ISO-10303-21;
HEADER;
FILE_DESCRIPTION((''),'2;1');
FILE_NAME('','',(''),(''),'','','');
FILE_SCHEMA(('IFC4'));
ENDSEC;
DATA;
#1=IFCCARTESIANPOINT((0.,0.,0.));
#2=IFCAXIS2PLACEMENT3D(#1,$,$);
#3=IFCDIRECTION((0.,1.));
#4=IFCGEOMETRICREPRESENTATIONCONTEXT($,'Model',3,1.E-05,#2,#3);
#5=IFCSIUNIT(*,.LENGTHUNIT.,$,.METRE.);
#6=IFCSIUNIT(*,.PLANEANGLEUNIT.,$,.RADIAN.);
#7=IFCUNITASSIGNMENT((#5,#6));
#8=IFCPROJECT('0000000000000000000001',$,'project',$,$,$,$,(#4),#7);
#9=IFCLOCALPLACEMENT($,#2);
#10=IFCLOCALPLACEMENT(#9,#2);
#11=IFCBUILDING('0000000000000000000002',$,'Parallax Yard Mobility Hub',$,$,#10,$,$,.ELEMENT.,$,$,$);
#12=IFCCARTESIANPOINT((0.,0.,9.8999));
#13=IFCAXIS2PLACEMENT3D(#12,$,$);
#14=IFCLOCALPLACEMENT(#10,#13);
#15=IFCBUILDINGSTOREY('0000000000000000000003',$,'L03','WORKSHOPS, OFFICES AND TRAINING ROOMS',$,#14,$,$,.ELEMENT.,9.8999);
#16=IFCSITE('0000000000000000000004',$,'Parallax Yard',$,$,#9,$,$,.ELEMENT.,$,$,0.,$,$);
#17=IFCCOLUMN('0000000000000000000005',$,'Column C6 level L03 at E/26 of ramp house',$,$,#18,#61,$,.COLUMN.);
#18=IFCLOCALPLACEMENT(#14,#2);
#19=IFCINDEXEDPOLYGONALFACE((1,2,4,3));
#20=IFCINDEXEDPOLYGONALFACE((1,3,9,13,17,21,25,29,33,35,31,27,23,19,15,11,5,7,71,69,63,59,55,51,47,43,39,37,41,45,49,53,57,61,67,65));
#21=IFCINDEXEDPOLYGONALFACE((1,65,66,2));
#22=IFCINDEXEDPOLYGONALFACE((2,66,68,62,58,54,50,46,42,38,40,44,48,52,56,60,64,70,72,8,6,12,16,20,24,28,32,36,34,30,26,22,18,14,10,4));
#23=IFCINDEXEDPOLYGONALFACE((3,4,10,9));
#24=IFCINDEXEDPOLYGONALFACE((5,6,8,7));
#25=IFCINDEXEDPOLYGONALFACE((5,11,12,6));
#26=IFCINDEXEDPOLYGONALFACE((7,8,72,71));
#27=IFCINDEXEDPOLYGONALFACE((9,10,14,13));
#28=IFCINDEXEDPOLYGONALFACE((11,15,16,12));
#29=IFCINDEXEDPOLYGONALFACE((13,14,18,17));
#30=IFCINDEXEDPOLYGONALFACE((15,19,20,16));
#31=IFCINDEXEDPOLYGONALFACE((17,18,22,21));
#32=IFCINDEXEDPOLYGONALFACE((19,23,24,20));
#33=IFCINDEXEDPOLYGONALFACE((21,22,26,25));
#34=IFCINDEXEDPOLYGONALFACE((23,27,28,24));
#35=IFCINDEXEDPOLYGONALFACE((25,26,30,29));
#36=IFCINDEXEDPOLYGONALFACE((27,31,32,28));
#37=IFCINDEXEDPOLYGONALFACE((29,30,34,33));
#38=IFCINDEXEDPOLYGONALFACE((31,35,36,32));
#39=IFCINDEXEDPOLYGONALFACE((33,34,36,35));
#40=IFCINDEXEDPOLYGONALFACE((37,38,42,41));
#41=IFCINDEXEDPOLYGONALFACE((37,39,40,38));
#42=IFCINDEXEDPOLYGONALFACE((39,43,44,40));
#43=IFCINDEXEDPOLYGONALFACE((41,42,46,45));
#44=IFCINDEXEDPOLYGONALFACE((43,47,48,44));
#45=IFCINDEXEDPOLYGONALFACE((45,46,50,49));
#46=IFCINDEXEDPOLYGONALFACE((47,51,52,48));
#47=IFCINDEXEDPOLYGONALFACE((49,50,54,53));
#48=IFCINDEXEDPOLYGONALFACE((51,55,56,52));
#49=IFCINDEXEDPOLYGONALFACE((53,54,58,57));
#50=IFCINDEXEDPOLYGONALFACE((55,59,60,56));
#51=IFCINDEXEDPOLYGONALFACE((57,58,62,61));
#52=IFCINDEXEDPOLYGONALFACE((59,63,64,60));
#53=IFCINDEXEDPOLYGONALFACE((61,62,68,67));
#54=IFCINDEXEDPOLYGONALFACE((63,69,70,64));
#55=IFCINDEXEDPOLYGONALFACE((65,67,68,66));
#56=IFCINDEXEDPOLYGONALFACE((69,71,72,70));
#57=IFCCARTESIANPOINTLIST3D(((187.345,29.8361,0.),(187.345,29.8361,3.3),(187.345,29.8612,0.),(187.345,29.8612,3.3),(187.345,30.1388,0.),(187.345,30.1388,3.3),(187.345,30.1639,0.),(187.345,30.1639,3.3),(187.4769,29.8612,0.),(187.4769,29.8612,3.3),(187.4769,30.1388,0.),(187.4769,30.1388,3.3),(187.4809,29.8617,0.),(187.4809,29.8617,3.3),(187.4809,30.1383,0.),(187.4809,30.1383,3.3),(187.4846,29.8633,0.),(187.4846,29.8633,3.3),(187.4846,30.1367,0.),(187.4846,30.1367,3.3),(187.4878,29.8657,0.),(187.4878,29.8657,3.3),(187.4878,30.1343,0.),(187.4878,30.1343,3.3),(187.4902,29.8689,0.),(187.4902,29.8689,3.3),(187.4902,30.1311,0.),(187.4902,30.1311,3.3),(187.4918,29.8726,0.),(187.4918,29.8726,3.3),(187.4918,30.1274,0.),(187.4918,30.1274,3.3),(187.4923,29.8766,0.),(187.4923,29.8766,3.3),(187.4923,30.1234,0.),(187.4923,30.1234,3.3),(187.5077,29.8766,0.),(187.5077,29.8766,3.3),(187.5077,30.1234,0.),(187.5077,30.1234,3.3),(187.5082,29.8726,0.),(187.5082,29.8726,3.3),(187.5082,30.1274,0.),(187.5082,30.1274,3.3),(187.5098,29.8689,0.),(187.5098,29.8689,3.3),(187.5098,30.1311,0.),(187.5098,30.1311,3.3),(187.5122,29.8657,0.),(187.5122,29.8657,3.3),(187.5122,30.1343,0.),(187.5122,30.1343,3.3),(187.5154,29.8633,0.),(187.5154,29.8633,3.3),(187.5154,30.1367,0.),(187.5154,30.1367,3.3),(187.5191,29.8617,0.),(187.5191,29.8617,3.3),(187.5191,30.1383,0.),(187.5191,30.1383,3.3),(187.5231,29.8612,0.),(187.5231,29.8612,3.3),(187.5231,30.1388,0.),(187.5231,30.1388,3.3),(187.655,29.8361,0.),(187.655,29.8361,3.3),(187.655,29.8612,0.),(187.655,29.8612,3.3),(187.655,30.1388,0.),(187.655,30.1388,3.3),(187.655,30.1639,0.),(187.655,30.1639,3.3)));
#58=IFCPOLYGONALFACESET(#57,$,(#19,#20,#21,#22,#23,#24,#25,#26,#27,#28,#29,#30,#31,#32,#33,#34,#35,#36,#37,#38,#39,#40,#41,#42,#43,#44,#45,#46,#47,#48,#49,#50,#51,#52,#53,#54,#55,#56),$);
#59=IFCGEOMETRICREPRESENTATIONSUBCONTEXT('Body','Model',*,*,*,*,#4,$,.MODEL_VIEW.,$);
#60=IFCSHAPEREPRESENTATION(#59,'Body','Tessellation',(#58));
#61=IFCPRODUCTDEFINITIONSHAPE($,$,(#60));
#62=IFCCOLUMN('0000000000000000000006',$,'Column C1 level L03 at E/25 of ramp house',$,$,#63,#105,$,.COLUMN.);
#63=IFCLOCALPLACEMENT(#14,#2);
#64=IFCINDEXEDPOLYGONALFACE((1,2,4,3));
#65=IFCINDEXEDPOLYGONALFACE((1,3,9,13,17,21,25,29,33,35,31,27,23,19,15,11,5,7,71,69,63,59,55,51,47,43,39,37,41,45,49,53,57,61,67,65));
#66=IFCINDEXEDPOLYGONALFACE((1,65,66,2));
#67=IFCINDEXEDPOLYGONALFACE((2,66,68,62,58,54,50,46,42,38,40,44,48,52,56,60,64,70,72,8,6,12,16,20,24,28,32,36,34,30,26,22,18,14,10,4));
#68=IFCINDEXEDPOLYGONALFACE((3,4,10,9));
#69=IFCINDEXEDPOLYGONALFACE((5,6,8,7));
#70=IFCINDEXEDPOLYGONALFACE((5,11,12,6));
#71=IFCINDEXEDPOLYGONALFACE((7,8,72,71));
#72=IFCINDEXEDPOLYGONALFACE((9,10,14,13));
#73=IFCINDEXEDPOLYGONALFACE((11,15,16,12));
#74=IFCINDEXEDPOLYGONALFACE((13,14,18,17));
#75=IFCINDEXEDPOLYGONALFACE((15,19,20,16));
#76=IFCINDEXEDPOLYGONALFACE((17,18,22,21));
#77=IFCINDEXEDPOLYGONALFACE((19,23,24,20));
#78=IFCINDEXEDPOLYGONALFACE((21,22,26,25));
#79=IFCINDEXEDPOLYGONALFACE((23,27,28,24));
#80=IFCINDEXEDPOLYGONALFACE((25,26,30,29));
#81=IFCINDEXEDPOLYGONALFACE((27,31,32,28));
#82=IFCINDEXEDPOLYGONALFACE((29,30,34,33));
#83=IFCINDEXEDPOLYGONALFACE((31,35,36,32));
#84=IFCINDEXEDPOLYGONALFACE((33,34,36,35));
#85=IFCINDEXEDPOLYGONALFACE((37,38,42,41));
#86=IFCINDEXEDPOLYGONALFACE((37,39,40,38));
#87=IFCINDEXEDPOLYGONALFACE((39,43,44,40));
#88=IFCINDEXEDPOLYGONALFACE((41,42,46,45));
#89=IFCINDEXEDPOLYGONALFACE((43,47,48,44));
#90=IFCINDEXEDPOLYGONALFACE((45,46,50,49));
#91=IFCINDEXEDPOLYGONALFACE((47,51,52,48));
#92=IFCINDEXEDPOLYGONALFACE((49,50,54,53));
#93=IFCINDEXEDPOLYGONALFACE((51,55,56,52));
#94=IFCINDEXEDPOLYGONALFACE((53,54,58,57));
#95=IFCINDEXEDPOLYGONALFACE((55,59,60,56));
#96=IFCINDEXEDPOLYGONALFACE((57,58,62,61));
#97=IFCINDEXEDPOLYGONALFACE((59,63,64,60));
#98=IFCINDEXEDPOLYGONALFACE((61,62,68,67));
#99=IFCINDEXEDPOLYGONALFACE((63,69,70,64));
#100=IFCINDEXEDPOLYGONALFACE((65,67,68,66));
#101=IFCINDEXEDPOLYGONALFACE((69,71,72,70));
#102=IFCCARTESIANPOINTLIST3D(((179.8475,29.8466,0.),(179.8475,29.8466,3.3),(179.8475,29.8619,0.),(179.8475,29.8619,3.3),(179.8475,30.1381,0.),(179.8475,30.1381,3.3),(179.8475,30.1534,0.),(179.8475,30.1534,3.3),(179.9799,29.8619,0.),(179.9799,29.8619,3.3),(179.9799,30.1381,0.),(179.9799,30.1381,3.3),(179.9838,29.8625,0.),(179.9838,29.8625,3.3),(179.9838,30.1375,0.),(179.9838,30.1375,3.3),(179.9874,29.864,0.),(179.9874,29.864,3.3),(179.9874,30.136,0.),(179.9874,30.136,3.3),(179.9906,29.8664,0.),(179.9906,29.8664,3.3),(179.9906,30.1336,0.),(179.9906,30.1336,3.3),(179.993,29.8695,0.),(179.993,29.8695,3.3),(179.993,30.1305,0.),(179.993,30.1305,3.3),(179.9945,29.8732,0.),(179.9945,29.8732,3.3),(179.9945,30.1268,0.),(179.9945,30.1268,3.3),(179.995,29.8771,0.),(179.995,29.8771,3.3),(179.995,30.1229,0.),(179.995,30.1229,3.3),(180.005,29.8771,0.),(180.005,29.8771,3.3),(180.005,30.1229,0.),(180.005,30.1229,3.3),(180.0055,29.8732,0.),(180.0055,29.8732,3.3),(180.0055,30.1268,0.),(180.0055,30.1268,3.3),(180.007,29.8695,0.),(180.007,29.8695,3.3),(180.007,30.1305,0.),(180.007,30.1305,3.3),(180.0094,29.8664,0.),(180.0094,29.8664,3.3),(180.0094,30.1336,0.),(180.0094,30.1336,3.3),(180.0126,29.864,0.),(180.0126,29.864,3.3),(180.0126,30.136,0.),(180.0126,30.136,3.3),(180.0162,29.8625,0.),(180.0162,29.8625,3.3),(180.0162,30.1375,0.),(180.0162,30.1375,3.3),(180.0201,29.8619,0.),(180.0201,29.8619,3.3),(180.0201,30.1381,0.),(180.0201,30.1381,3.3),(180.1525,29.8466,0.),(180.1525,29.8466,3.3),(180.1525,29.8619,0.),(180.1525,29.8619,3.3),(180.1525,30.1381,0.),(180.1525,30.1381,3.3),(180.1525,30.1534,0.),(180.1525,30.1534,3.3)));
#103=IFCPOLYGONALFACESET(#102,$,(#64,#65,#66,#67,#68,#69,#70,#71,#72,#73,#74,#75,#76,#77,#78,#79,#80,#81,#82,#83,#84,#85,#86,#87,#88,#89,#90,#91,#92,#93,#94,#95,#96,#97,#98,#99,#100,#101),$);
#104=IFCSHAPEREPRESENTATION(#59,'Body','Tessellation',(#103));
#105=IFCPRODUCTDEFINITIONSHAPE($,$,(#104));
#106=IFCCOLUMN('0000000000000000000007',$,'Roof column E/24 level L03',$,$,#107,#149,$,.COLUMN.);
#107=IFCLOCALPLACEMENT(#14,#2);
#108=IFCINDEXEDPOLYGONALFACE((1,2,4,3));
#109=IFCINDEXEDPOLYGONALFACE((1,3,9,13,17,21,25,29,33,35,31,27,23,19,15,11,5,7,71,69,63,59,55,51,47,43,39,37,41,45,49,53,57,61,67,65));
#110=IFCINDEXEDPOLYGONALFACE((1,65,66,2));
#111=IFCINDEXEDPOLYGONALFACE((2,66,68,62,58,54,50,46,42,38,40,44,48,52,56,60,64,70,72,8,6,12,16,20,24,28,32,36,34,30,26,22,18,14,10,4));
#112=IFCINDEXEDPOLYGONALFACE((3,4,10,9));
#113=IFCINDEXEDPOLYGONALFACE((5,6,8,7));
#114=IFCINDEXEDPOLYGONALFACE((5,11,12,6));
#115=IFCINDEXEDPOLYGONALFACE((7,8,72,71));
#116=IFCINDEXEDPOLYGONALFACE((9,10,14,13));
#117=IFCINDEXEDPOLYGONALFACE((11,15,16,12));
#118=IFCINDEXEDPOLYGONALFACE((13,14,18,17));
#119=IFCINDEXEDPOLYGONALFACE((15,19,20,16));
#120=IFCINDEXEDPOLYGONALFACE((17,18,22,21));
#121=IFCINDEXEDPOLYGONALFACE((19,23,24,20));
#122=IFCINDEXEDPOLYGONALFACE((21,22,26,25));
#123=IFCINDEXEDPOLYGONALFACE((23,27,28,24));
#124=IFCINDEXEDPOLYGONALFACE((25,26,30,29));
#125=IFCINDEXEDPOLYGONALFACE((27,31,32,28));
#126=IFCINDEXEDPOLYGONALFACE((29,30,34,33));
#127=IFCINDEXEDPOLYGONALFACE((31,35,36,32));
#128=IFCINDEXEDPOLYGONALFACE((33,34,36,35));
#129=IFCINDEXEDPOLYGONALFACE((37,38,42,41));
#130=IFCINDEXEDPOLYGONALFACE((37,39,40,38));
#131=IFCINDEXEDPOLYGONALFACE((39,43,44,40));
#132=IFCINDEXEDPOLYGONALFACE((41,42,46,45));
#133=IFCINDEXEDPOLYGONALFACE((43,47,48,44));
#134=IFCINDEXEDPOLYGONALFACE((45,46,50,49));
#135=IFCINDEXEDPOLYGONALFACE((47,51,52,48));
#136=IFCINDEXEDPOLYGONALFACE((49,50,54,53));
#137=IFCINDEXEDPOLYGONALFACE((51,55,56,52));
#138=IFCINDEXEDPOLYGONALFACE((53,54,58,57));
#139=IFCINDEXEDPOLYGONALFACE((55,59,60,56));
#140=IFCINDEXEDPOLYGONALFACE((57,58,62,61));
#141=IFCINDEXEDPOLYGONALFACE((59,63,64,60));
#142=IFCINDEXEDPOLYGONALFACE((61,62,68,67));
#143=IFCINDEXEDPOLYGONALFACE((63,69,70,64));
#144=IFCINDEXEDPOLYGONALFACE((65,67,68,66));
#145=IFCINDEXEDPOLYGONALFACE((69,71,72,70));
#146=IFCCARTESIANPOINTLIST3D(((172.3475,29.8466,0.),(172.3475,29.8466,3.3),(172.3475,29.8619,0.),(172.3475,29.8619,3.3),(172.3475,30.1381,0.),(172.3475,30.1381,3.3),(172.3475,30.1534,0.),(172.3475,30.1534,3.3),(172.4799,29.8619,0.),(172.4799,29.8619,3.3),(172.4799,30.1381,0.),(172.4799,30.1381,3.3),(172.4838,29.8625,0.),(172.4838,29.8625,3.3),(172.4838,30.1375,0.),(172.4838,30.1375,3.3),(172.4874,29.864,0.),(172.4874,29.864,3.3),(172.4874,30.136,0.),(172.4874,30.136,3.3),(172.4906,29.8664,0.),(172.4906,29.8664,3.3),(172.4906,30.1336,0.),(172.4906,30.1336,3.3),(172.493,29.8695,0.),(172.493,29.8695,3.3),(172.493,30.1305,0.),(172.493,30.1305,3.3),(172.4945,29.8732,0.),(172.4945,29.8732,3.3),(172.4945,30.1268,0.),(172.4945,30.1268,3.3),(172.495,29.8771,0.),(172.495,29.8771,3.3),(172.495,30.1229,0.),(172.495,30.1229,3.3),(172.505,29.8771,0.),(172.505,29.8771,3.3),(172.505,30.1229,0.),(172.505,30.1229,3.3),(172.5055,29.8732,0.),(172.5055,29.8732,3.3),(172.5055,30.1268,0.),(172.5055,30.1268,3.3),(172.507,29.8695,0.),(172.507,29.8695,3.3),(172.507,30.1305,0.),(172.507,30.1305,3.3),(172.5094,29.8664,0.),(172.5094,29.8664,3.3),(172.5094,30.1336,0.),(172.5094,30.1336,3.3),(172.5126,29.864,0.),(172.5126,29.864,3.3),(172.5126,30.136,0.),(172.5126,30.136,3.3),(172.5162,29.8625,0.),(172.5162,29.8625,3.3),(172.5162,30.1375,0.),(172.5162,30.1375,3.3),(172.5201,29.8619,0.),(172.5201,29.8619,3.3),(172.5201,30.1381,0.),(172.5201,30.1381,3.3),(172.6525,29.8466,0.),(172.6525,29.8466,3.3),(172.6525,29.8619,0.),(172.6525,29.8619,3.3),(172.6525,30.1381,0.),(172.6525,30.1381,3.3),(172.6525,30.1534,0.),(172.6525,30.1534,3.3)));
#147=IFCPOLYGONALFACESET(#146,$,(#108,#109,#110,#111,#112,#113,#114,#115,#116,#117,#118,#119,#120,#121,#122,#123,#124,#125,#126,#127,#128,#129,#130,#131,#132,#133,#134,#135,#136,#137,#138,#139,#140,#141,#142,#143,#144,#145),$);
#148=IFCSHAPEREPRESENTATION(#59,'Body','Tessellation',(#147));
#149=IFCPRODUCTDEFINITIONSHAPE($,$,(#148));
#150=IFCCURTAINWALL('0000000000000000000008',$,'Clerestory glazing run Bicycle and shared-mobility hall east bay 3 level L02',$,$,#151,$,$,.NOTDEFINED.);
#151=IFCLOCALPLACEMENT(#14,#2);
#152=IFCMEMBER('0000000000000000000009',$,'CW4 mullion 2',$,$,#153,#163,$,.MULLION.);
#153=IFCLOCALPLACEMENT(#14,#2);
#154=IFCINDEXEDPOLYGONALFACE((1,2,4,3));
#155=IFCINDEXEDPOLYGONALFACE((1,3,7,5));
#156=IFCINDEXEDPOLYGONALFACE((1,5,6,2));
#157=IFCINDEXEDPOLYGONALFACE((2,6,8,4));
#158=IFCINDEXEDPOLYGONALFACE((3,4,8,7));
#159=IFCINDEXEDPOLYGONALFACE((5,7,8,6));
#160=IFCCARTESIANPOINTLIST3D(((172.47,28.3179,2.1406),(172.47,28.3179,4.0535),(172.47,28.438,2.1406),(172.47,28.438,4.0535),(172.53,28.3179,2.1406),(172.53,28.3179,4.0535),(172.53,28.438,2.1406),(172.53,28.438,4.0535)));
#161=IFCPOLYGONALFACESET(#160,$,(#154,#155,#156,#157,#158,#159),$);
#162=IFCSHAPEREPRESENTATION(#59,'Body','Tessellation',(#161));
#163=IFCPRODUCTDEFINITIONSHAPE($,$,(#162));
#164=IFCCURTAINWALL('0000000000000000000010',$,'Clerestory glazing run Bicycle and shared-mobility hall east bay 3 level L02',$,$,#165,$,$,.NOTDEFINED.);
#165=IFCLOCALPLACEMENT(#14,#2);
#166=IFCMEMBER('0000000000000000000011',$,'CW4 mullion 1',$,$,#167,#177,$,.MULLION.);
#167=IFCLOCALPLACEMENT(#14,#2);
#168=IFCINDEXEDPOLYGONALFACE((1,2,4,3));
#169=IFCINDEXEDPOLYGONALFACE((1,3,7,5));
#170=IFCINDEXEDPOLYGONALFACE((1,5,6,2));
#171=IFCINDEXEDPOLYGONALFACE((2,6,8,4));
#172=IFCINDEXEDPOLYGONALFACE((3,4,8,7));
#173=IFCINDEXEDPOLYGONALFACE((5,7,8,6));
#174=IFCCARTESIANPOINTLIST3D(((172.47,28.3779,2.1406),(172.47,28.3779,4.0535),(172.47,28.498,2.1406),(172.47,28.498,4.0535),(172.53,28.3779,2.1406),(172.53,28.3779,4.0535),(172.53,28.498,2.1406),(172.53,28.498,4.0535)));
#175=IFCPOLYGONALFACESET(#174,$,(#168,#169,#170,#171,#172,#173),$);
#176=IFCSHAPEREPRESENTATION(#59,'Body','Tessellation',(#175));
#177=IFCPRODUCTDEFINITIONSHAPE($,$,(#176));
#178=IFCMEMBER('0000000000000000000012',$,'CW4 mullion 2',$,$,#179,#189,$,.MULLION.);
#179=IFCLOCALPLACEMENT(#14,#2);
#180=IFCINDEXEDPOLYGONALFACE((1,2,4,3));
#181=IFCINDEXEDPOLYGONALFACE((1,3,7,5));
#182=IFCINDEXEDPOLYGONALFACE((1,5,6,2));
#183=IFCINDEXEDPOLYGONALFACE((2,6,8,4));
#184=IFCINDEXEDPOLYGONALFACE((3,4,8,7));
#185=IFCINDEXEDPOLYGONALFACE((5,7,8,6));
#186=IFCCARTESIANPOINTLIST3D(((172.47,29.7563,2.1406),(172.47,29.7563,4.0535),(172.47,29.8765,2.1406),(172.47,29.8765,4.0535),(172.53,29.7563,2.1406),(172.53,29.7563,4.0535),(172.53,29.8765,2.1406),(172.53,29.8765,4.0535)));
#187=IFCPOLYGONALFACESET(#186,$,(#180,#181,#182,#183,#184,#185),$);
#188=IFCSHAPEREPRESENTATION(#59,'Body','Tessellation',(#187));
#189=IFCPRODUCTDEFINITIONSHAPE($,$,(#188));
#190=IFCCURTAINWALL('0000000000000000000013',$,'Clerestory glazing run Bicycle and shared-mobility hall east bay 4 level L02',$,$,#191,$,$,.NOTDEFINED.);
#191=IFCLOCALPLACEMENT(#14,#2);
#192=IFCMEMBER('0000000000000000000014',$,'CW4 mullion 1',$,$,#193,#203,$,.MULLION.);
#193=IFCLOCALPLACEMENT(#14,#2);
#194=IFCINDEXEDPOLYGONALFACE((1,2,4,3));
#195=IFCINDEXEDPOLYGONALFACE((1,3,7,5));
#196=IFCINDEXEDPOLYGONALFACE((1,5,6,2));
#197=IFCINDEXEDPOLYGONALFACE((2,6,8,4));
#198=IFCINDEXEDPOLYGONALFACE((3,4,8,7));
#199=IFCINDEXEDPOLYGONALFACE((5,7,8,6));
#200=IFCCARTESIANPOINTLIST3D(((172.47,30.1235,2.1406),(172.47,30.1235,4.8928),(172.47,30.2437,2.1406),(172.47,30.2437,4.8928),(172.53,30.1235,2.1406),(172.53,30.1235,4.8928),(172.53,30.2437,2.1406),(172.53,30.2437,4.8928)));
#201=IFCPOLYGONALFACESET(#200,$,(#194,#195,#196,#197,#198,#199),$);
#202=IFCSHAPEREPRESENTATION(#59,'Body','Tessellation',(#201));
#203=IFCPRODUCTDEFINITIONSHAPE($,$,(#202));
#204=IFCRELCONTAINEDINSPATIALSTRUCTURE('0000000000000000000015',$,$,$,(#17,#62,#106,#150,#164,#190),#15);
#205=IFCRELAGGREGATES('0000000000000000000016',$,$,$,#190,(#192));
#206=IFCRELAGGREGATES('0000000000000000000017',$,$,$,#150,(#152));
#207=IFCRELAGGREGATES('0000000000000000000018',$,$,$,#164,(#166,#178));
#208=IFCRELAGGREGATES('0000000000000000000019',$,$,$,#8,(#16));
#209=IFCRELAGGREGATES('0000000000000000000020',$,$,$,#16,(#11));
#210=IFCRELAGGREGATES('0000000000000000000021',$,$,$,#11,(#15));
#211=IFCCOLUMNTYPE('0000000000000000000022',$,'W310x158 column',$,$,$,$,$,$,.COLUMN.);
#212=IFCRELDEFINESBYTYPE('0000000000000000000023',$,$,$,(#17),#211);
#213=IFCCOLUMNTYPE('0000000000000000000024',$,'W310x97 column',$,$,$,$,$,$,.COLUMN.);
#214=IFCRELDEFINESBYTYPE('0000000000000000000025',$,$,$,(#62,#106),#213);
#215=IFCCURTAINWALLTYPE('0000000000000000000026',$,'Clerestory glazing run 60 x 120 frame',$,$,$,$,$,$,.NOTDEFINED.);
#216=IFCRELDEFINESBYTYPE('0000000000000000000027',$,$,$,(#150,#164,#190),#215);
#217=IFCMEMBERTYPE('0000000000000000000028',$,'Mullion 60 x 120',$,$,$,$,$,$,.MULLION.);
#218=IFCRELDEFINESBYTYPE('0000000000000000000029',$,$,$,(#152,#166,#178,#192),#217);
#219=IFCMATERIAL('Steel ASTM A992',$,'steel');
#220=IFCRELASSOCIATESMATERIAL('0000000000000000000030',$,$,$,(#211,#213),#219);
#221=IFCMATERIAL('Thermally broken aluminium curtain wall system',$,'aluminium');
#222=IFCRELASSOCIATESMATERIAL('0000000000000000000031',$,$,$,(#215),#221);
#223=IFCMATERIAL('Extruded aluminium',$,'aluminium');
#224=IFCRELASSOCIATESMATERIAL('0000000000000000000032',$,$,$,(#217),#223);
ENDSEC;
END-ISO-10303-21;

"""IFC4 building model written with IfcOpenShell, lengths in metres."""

from ifc_helpers import new_model, si_unit, direction, frame, origin, origin_2d, place, context, subcontext, project, spatial, rectangle, i_section, extrude, material, material_profile, profile_set, type_object, element, aggregate, save


model = new_model("IFC4")

# Units and contexts
model_context = context("Model", 3, precision=1e-05, world=origin(), true_north=direction((0.0, 1.0)))
body_context = subcontext(model_context, "Body", "Model", "MODEL_VIEW")
ifc_project = project(units=[si_unit("LENGTHUNIT", "METRE"), si_unit("PLANEANGLEUNIT", "RADIAN")], contexts=[model_context])

# Site, building, storey
site_placement = place(None, origin())
site = spatial("IfcSite", under=ifc_project, at=site_placement, Name="Parallax Yard", CompositionType="ELEMENT", RefElevation=0.0)
building_placement = place(site_placement, origin())
building = spatial("IfcBuilding", under=site, at=building_placement, Name="Parallax Yard Mobility Hub", CompositionType="ELEMENT")
storey_placement = place(building_placement, frame((0.0, 0.0, 9.8999)))
storey = spatial("IfcBuildingStorey", under=building, at=storey_placement, Name="L03", Description="WORKSHOPS, OFFICES AND TRAINING ROOMS", CompositionType="ELEMENT", Elevation=9.8999)

# Columns
ifc_material_1 = material(Name="Steel ASTM A992", Category="steel")
ifc_material_profile_1 = material_profile(ifc_material_1, i_section(OverallWidth=0.3101, OverallDepth=0.3279, WebThickness=0.0154, FlangeThickness=0.0251, FilletRadius=0.0154, at=origin_2d()), Name="W310x158")
ifc_profile_set_1 = profile_set([ifc_material_profile_1], Name="Steel ASTM A992")
column_type_1 = type_object("IfcColumnType", Name="W310x158 column", PredefinedType="COLUMN", material=ifc_profile_set_1)
column_placement = place(storey_placement, frame((187.5, 30.0, 0.0), z_axis=(0.0, 0.0, 1.0), x_axis=(1.0, 0.0, 0.0)))
element("IfcColumn", 1, at=column_placement, inside=storey, type_object=column_type_1, Name="Column C6 level L03 at E/26 of ramp house", PredefinedType="COLUMN", context=body_context, shape_type="SweptSolid", body=[
    extrude(i_section(OverallWidth=0.3101, OverallDepth=0.3279, WebThickness=0.0154, FlangeThickness=0.0251, FilletRadius=0.0154, at=origin_2d()), origin(), (0.0, 0.0, 1.0), 3.3),
])
ifc_material_profile_2 = material_profile(ifc_material_1, i_section(OverallWidth=0.3049, OverallDepth=0.3069, WebThickness=0.01, FlangeThickness=0.0154, FilletRadius=0.0151, at=origin_2d()), Name="W310x97")
ifc_profile_set_2 = profile_set([ifc_material_profile_2], Name="Steel ASTM A992")
column_type_2 = type_object("IfcColumnType", Name="W310x97 column", PredefinedType="COLUMN", material=ifc_profile_set_2)
for number, where, z_axis, x_axis, name in (
    (2, (180.0, 30.0, 0.0), (0.0, 0.0, 1.0), (1.0, 0.0, 0.0), "Column C1 level L03 at E/25 of ramp house"),
    (3, (172.5, 30.0, 0.0), (0.0, 0.0, 1.0), (1.0, 0.0, 0.0), "Roof column E/24 level L03"),
):
    element("IfcColumn", number, at=place(storey_placement, frame(where, z_axis=z_axis, x_axis=x_axis)), inside=storey, type_object=column_type_2, Name=name, PredefinedType="COLUMN", context=body_context, shape_type="SweptSolid", body=[
        extrude(i_section(OverallWidth=0.3049, OverallDepth=0.3069, WebThickness=0.01, FlangeThickness=0.0154, FilletRadius=0.0151, at=origin_2d()), origin(), (0.0, 0.0, 1.0), 3.3),
    ])

# Curtain wall, member
ifc_material_2 = material(Name="Thermally broken aluminium curtain wall system", Category="aluminium")
curtain_wall_type = type_object("IfcCurtainWallType", Name="Clerestory glazing run 60 x 120 frame", PredefinedType="NOTDEFINED", material=ifc_material_2)
curtain_wall_1_placement = place(storey_placement, origin())
curtain_wall_1 = element("IfcCurtainWall", 4, at=curtain_wall_1_placement, inside=storey, type_object=curtain_wall_type, Name="Clerestory glazing run Bicycle and shared-mobility hall east bay 3 level L02", PredefinedType="NOTDEFINED")
ifc_material_3 = material(Name="Extruded aluminium", Category="aluminium")
ifc_material_profile_3 = material_profile(ifc_material_3, rectangle(XDim=0.0601, YDim=0.1201, at=origin_2d()), Name="Mullion 60 x 120")
ifc_profile_set_3 = profile_set([ifc_material_profile_3], Name="Extruded aluminium")
member_type_1 = type_object("IfcMemberType", Name="Mullion 60 x 120", PredefinedType="MULLION", material=ifc_profile_set_3)
member_1_placement = place(storey_placement, frame((172.5, 28.3779, 2.1406), z_axis=(0.0, 0.0, 1.0), x_axis=(-1.0, 0.0, 0.0)))
member_1 = element("IfcMember", 5, at=member_1_placement, type_object=member_type_1, Name="CW4 mullion 2", PredefinedType="MULLION", context=body_context, shape_type="SweptSolid", body=[
    extrude(rectangle(XDim=0.0601, YDim=0.1201, at=origin_2d()), origin(), (0.0, 0.0, 1.0), 1.9128),
])

# Curtain wall, members
curtain_wall_2_placement = place(storey_placement, origin())
curtain_wall_2 = element("IfcCurtainWall", 6, at=curtain_wall_2_placement, inside=storey, type_object=curtain_wall_type, Name="Clerestory glazing run Bicycle and shared-mobility hall east bay 3 level L02", PredefinedType="NOTDEFINED")
member_2_placement = place(storey_placement, frame((172.5, 28.438, 2.1406), z_axis=(0.0, 0.0, 1.0), x_axis=(-1.0, 0.0, 0.0)))
member_2 = element("IfcMember", 7, at=member_2_placement, type_object=member_type_1, Name="CW4 mullion 1", PredefinedType="MULLION", context=body_context, shape_type="SweptSolid", body=[
    extrude(rectangle(XDim=0.0601, YDim=0.1201, at=origin_2d()), origin(), (0.0, 0.0, 1.0), 1.9128),
])
member_3_placement = place(storey_placement, frame((172.5, 29.8164, 2.1406), z_axis=(0.0, 0.0, 1.0), x_axis=(-1.0, 0.0, 0.0)))
member_3 = element("IfcMember", 8, at=member_3_placement, type_object=member_type_1, Name="CW4 mullion 2", PredefinedType="MULLION", context=body_context, shape_type="SweptSolid", body=[
    extrude(rectangle(XDim=0.0601, YDim=0.1201, at=origin_2d()), origin(), (0.0, 0.0, 1.0), 1.9128),
])

# Curtain wall, member
curtain_wall_3_placement = place(storey_placement, origin())
curtain_wall_3 = element("IfcCurtainWall", 9, at=curtain_wall_3_placement, inside=storey, type_object=curtain_wall_type, Name="Clerestory glazing run Bicycle and shared-mobility hall east bay 4 level L02", PredefinedType="NOTDEFINED")
member_4_placement = place(storey_placement, frame((172.5, 30.1836, 2.1406), z_axis=(0.0, 0.0, 1.0), x_axis=(-1.0, 0.0, 0.0)))
member_4 = element("IfcMember", 10, at=member_4_placement, type_object=member_type_1, Name="CW4 mullion 1", PredefinedType="MULLION", context=body_context, shape_type="SweptSolid", body=[
    extrude(rectangle(XDim=0.0601, YDim=0.1201, at=origin_2d()), origin(), (0.0, 0.0, 1.0), 2.7522),
])

aggregate(curtain_wall_3, [member_4])

aggregate(curtain_wall_1, [member_1])
aggregate(curtain_wall_2, [member_2, member_3])

save(model, "model.ifc")
